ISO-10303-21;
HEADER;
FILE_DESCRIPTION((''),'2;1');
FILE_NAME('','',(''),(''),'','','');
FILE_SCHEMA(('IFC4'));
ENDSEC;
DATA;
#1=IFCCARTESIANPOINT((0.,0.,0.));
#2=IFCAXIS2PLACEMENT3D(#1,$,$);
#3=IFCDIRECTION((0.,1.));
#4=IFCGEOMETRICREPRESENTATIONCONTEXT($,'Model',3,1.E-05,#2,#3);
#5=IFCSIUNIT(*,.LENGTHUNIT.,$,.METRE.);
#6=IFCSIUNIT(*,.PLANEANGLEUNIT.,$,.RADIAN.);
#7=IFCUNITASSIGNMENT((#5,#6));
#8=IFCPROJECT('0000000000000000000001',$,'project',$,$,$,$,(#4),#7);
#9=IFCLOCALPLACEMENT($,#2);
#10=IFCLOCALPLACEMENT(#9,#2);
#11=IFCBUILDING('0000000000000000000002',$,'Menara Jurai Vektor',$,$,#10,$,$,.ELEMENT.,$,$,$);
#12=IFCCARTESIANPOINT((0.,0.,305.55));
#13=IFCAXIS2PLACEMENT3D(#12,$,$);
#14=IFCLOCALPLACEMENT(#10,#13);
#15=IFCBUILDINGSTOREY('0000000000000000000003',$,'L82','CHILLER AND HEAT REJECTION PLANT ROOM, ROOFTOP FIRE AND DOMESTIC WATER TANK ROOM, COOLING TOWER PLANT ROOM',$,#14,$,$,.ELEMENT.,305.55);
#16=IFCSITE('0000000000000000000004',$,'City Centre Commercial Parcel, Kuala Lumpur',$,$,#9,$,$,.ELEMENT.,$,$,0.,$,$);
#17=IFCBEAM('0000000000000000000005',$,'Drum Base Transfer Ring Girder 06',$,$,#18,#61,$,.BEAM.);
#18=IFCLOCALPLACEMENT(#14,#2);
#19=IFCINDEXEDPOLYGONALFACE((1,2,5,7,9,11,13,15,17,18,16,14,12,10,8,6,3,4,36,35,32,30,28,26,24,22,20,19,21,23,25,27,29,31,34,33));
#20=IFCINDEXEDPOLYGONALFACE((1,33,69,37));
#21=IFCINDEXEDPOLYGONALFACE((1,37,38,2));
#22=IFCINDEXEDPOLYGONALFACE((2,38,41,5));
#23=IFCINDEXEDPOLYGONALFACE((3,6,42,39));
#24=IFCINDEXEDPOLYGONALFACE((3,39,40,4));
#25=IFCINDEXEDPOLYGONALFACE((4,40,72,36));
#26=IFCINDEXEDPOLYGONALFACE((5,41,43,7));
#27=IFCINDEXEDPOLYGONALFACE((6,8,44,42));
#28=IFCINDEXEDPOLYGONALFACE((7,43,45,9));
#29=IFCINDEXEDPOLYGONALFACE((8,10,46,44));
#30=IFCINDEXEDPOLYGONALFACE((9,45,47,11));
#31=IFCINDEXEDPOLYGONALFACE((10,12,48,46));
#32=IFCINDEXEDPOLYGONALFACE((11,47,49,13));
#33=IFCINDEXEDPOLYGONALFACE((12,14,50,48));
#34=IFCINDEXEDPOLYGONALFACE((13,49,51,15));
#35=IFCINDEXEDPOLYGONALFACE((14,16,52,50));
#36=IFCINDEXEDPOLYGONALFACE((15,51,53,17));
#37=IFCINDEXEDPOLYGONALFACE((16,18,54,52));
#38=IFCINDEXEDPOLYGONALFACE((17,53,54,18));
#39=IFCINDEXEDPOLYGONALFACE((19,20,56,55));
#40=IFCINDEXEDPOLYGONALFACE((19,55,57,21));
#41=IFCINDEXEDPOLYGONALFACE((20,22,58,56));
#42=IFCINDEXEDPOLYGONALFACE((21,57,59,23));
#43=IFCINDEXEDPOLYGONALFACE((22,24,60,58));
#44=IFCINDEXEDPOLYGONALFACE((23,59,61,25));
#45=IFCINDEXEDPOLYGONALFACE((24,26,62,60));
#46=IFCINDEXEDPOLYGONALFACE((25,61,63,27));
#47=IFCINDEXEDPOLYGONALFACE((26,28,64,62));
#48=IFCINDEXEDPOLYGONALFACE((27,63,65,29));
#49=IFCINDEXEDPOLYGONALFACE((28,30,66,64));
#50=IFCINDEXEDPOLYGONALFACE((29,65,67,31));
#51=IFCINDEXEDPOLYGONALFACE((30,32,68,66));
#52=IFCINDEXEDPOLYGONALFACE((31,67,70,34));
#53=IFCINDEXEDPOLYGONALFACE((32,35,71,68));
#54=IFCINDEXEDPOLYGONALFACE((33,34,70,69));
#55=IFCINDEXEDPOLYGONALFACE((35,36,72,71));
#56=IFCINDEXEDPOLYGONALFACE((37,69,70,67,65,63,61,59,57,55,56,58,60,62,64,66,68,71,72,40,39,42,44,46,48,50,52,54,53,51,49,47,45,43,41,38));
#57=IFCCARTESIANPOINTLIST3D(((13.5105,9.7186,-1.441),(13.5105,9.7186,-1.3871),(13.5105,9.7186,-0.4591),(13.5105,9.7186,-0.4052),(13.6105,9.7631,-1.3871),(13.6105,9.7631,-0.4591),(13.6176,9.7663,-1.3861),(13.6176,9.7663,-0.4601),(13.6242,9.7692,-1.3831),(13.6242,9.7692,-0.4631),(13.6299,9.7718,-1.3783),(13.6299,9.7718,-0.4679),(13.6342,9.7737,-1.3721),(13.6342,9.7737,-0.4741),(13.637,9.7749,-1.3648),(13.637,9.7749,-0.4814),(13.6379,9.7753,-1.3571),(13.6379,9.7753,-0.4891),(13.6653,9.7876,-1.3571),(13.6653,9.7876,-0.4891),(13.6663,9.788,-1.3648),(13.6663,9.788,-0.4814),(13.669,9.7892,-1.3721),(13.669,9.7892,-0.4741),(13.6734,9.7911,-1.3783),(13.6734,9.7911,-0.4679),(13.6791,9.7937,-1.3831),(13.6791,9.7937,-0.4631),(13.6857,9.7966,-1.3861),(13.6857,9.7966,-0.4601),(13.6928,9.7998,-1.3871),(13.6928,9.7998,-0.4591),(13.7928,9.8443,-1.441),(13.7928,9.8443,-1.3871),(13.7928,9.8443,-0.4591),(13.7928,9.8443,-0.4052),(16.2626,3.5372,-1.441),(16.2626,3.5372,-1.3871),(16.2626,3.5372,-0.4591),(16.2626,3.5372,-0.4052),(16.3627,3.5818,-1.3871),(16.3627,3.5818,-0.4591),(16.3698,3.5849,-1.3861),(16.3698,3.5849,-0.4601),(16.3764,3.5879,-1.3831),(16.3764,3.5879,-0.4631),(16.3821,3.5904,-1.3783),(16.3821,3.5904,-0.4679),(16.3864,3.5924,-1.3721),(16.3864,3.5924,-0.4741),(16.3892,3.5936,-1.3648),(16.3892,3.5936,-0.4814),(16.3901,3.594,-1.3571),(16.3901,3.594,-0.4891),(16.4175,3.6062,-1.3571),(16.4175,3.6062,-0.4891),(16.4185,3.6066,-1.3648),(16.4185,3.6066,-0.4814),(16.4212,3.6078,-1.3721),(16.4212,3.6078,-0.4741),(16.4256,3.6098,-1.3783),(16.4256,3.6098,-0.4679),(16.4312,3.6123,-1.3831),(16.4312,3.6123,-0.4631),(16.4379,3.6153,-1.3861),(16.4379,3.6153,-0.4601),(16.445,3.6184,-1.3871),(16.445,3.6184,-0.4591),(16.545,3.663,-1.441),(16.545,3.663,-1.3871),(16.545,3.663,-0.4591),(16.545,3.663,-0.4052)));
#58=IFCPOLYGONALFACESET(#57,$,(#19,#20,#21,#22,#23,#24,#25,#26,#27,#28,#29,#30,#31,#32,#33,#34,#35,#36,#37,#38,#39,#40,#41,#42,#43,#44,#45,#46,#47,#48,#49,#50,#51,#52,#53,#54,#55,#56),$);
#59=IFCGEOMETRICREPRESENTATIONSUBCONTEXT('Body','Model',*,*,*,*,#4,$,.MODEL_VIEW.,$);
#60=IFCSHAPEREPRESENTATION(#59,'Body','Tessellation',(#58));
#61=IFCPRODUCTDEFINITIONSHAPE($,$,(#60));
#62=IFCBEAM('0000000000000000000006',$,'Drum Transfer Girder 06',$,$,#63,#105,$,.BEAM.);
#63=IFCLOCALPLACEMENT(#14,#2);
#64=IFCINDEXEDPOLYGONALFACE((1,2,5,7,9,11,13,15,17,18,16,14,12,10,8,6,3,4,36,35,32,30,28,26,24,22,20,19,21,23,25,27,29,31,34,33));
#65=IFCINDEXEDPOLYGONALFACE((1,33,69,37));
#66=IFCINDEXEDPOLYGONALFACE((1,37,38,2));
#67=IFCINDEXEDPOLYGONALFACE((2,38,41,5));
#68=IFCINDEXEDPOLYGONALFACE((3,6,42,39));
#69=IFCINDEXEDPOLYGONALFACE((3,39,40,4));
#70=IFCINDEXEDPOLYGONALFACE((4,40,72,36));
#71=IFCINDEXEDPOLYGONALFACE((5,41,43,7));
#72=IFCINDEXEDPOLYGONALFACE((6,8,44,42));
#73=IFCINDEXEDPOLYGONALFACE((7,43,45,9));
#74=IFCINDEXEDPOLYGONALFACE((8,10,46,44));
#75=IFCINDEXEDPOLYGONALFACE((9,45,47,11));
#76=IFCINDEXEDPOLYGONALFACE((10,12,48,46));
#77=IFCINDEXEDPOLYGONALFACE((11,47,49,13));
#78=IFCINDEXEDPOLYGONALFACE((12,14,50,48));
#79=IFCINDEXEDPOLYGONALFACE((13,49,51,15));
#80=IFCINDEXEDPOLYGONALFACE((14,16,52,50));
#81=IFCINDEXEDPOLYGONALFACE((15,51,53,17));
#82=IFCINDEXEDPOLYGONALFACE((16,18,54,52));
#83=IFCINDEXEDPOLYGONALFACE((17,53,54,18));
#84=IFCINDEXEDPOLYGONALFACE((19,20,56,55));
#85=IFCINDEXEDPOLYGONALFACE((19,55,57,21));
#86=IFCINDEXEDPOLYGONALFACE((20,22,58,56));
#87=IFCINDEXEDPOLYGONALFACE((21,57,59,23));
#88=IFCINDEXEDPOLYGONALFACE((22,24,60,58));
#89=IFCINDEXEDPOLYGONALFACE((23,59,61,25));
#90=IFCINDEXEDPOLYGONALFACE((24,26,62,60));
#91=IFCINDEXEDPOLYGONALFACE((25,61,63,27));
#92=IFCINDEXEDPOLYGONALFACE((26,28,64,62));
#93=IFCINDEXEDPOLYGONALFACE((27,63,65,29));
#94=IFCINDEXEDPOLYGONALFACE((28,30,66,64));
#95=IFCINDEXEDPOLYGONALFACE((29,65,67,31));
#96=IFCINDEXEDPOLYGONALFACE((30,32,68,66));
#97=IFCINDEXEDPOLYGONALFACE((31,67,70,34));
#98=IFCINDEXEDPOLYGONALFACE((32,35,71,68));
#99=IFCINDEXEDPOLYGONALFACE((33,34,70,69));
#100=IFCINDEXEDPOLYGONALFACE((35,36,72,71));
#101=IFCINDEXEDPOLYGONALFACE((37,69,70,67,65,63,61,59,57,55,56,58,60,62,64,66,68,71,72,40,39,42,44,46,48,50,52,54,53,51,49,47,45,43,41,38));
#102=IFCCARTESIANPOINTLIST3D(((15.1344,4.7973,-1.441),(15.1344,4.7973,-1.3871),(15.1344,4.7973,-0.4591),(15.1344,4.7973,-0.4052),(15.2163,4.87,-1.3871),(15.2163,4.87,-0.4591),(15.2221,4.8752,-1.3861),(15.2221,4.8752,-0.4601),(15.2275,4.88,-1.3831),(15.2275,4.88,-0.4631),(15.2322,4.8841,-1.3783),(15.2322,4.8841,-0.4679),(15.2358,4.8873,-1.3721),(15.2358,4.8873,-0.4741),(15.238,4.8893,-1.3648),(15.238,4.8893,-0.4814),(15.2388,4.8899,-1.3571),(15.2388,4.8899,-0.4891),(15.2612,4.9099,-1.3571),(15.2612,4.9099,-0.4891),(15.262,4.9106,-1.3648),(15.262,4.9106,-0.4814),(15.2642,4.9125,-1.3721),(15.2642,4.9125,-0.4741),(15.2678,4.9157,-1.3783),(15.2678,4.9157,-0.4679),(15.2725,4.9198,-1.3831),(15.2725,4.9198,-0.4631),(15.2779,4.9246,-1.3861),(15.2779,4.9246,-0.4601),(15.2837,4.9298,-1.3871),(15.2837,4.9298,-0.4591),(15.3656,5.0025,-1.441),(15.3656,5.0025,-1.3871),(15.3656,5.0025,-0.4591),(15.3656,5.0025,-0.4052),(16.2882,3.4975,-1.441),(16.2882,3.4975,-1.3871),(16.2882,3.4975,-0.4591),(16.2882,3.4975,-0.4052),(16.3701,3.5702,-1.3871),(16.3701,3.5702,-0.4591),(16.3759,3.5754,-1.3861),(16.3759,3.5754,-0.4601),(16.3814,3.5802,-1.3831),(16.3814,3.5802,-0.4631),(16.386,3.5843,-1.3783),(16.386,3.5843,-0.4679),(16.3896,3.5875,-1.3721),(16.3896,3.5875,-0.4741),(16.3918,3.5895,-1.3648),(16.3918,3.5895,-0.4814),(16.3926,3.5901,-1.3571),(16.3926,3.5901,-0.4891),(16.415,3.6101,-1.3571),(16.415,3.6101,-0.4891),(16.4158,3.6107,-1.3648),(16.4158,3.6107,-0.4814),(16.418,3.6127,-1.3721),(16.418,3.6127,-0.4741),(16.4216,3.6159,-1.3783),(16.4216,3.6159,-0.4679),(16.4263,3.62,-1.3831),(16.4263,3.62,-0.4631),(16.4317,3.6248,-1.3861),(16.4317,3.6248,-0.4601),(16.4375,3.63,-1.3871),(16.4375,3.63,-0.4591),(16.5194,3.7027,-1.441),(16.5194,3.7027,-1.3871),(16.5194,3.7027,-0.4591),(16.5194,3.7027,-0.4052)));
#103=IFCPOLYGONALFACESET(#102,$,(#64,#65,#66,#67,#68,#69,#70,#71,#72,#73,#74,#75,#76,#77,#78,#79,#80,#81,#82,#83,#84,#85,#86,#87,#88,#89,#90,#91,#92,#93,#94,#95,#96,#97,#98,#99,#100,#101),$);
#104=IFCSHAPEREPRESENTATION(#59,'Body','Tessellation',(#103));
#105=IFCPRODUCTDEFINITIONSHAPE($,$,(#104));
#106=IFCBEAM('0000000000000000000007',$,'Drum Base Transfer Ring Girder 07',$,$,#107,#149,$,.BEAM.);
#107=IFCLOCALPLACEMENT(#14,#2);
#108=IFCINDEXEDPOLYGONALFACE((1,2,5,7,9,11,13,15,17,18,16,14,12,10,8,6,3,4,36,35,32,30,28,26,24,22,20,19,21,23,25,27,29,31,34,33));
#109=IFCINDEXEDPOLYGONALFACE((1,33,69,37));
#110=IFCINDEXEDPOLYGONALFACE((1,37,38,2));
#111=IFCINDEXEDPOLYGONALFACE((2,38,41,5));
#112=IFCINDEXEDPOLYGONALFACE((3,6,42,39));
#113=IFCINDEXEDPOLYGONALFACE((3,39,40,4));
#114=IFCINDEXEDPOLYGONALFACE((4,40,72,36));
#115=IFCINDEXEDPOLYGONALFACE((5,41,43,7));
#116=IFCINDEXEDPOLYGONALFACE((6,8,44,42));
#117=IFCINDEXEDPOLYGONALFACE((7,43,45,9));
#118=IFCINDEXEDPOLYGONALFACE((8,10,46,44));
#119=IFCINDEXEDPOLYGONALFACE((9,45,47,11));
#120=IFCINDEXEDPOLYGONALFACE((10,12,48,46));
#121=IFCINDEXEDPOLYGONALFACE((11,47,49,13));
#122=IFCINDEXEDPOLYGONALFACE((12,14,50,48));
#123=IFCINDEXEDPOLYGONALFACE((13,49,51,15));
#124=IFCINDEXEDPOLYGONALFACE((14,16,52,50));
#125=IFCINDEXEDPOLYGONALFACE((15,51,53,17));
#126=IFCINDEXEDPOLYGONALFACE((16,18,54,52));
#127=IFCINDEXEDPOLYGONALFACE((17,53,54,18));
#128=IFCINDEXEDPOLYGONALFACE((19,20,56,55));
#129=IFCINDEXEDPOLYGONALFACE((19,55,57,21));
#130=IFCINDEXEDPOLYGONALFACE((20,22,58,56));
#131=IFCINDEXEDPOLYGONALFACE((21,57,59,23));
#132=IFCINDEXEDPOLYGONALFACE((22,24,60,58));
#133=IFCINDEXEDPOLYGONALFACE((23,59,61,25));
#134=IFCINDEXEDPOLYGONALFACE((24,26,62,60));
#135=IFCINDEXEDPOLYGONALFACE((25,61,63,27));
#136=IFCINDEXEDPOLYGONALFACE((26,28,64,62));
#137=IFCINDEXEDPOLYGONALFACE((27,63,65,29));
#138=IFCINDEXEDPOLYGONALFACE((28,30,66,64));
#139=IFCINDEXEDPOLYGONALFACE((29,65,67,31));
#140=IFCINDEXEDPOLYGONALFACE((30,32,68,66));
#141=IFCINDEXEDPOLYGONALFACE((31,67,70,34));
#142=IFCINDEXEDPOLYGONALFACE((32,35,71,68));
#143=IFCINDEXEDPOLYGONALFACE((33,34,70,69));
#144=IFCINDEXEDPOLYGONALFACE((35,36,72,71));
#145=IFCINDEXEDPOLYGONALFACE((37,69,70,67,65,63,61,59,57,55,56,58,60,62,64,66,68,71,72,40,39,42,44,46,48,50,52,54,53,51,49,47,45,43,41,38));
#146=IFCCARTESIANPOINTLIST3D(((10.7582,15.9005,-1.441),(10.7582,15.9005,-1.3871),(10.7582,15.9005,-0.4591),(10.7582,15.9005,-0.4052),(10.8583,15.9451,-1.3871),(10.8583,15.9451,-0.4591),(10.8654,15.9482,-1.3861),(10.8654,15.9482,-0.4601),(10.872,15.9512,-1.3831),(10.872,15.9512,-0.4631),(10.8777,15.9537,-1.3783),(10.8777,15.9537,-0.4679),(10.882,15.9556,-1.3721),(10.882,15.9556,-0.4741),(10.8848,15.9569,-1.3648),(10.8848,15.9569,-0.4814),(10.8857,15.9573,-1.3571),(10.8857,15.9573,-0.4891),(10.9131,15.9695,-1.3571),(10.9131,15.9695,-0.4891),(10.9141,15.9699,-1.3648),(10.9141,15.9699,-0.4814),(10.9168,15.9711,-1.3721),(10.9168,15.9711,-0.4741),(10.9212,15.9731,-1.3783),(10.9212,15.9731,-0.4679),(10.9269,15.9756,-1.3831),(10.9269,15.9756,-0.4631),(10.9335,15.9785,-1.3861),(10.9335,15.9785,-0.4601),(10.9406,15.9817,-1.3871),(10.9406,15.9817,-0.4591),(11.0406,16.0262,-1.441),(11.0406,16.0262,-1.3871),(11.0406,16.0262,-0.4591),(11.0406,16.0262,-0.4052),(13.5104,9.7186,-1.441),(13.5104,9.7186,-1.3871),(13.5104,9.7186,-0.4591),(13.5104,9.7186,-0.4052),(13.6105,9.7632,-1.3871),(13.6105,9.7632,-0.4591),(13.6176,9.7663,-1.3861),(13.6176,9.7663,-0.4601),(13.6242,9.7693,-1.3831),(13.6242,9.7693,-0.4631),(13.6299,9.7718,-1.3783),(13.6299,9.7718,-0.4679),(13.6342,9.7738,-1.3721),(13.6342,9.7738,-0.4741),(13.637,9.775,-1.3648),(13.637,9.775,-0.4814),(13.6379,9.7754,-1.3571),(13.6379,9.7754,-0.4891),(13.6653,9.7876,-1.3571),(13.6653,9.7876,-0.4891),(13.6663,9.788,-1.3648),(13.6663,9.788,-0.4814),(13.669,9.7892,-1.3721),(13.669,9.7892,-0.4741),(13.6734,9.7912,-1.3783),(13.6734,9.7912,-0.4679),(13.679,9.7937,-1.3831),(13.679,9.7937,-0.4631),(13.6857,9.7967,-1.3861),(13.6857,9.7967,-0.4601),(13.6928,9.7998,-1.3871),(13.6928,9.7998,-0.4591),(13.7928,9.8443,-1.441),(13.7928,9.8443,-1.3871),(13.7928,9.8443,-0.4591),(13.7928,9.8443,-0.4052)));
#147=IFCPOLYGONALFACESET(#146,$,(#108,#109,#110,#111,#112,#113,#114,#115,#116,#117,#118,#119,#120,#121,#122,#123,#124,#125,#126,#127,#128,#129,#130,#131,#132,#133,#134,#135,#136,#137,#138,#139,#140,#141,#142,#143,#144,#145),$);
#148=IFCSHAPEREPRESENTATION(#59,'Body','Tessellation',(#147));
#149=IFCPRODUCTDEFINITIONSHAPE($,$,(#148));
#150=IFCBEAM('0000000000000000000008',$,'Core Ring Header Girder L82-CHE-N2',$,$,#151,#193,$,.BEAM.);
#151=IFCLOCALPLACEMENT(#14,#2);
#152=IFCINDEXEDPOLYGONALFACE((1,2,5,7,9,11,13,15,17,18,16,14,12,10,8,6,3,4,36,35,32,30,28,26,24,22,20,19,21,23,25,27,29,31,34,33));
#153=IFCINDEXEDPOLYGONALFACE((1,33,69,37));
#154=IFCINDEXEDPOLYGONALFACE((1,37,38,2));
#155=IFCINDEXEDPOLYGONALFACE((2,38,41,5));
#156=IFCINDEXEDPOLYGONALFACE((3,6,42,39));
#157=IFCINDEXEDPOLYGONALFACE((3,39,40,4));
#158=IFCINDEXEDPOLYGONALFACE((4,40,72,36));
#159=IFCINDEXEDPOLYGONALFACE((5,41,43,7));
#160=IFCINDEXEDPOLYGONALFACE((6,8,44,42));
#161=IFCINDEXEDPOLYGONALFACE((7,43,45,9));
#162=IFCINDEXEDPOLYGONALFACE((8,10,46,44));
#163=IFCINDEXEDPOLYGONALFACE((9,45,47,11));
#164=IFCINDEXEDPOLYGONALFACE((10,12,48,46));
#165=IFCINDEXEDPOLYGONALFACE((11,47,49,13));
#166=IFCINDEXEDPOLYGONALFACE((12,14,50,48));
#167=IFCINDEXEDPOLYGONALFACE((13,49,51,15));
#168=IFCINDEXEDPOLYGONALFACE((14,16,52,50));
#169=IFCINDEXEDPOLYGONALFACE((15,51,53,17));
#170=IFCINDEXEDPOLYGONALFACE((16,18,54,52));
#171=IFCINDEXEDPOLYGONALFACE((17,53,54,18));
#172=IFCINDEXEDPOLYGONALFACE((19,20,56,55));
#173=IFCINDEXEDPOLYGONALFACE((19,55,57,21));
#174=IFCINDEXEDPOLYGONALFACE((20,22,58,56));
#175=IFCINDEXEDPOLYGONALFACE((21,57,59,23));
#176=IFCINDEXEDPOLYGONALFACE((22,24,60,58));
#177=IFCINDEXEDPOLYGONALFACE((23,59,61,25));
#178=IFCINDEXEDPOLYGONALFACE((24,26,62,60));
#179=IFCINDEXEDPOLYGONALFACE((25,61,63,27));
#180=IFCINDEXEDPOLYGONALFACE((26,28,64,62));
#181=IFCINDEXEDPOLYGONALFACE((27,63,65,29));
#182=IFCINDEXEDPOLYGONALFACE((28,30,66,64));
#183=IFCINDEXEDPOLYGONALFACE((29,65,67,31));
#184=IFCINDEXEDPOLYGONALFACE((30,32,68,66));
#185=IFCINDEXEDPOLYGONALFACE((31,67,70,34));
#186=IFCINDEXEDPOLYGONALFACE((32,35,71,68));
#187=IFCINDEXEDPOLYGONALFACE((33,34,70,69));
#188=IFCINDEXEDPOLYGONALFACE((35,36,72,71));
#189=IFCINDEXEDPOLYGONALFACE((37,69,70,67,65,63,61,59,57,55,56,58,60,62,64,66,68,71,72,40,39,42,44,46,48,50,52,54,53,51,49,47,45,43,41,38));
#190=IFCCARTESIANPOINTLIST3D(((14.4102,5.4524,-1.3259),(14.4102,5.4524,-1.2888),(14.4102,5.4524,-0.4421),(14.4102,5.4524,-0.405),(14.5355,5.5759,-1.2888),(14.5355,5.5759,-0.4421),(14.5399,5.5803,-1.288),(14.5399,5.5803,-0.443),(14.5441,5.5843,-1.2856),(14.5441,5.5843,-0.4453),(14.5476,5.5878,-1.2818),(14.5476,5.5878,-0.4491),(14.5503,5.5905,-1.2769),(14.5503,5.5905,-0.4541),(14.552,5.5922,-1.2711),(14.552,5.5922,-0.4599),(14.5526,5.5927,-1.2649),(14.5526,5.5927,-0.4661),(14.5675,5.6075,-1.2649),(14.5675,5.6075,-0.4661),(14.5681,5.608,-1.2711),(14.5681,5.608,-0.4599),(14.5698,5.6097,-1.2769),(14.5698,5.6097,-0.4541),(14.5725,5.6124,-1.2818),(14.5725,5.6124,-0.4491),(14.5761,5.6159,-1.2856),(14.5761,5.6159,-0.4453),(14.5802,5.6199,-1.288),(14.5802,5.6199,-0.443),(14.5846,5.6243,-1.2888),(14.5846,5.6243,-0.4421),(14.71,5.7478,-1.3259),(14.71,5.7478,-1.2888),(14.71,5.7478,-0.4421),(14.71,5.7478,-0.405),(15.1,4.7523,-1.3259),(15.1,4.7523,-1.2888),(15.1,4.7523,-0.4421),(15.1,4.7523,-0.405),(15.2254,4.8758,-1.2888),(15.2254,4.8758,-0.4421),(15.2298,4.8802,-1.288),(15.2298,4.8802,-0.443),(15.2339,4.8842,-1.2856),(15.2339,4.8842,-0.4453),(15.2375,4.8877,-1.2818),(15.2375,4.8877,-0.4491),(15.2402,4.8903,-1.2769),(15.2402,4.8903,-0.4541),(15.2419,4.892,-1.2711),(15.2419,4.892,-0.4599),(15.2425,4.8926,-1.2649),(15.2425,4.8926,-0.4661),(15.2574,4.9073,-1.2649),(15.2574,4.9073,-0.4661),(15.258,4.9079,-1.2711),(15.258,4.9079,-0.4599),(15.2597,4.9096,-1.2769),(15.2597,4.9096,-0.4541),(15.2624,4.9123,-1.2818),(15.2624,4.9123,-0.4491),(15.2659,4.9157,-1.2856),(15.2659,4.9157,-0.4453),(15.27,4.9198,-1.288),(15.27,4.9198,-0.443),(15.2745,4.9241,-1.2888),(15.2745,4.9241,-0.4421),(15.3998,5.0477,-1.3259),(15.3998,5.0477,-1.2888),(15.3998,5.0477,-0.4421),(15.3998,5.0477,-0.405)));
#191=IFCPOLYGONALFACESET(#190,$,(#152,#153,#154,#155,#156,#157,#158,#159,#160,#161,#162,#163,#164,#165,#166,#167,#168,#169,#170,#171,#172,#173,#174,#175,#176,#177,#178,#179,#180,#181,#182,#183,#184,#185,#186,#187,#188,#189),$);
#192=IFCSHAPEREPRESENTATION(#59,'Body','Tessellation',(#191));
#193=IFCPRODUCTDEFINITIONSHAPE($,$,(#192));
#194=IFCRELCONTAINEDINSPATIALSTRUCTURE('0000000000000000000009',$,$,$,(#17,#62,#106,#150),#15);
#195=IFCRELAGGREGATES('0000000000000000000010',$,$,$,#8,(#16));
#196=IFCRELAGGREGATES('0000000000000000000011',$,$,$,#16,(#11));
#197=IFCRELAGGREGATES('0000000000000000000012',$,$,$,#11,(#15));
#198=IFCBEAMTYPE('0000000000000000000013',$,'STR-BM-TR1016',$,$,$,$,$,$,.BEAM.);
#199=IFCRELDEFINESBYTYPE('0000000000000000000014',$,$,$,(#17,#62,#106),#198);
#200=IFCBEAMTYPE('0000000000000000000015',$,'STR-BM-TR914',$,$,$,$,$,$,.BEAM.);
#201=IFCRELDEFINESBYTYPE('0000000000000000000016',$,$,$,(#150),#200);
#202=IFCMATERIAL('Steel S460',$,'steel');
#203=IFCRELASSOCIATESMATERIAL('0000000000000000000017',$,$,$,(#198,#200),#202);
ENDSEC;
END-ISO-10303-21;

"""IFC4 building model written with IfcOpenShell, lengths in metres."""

from ifc_helpers import new_model, si_unit, direction, frame, origin, origin_2d, place, context, subcontext, project, spatial, i_section, extrude, material, material_profile, profile_set, type_object, element, save


model = new_model("IFC4")

# Units and contexts
model_context = context("Model", 3, precision=1e-05, world=origin(), true_north=direction((0.0, 1.0)))
body_context = subcontext(model_context, "Body", "Model", "MODEL_VIEW")
ifc_project = project(units=[si_unit("LENGTHUNIT", "METRE"), si_unit("PLANEANGLEUNIT", "RADIAN")], contexts=[model_context])

# Site, building, storey
site_placement = place(None, origin())
site = spatial("IfcSite", under=ifc_project, at=site_placement, Name="City Centre Commercial Parcel, Kuala Lumpur", CompositionType="ELEMENT", RefElevation=0.0)
building_placement = place(site_placement, origin())
building = spatial("IfcBuilding", under=site, at=building_placement, Name="Menara Jurai Vektor", CompositionType="ELEMENT")
storey_placement = place(building_placement, frame((0.0, 0.0, 305.55)))
storey = spatial("IfcBuildingStorey", under=building, at=storey_placement, Name="L82", Description="CHILLER AND HEAT REJECTION PLANT ROOM, ROOFTOP FIRE AND DOMESTIC WATER TANK ROOM, COOLING TOWER PLANT ROOM", CompositionType="ELEMENT", Elevation=305.55)

# Shared definitions
ifc_material_1 = material(Name="Steel S460", Category="steel")

# Beams
ifc_material_profile_1 = material_profile(ifc_material_1, i_section(OverallWidth=0.3091, OverallDepth=1.0359, WebThickness=0.03, FlangeThickness=0.054, FilletRadius=0.03, at=origin_2d()), Name="UKB 1016x305x487")
ifc_profile_set_1 = profile_set([ifc_material_profile_1], Name="Steel S460")
beam_type_1 = type_object("IfcBeamType", Name="STR-BM-TR1016", PredefinedType="BEAM", material=ifc_profile_set_1)
beam_1_placement = place(storey_placement, frame((16.4038, 3.6001, -0.9231), z_axis=(-0.406744, 0.913542, 0.0), x_axis=(-0.913542, -0.406744, 0.0)))
element("IfcBeam", 1, at=beam_1_placement, inside=storey, type_object=beam_type_1, Name="Drum Base Transfer Ring Girder 06", PredefinedType="BEAM", context=body_context, shape_type="SweptSolid", body=[
    extrude(i_section(OverallWidth=0.3091, OverallDepth=1.0359, WebThickness=0.03, FlangeThickness=0.054, FilletRadius=0.03, at=origin_2d()), origin(), (0.0, 0.0, 1.0), 6.7664),
])
beam_2_placement = place(storey_placement, frame((16.4038, 3.6001, -0.9231), z_axis=(-0.663858, 0.747859, 0.0), x_axis=(-0.747859, -0.663858, 0.0)))
element("IfcBeam", 2, at=beam_2_placement, inside=storey, type_object=beam_type_1, Name="Drum Transfer Girder 06", PredefinedType="BEAM", context=body_context, shape_type="SweptSolid", body=[
    extrude(i_section(OverallWidth=0.3091, OverallDepth=1.0359, WebThickness=0.03, FlangeThickness=0.054, FilletRadius=0.03, at=origin_2d()), origin(), (0.0, 0.0, 1.0), 1.738),
])
beam_3_placement = place(storey_placement, frame((13.6516, 9.7815, -0.9231), z_axis=(-0.406718, 0.913554, 0.0), x_axis=(-0.913554, -0.406718, 0.0)))
element("IfcBeam", 3, at=beam_3_placement, inside=storey, type_object=beam_type_1, Name="Drum Base Transfer Ring Girder 07", PredefinedType="BEAM", context=body_context, shape_type="SweptSolid", body=[
    extrude(i_section(OverallWidth=0.3091, OverallDepth=1.0359, WebThickness=0.03, FlangeThickness=0.054, FilletRadius=0.03, at=origin_2d()), origin(), (0.0, 0.0, 1.0), 6.7668),
])
ifc_material_profile_2 = material_profile(ifc_material_1, i_section(OverallWidth=0.4209, OverallDepth=0.9209, WebThickness=0.021, FlangeThickness=0.0371, FilletRadius=0.0239, at=origin_2d()), Name="UKB 914x419x388")
ifc_profile_set_2 = profile_set([ifc_material_profile_2], Name="Steel S460")
beam_type_2 = type_object("IfcBeamType", Name="STR-BM-TR914", PredefinedType="BEAM", material=ifc_profile_set_2)
beam_4_placement = place(storey_placement, frame((14.5601, 5.6001, -0.8655), z_axis=(0.701872, -0.712303, 0.0), x_axis=(0.712303, 0.701872, 0.0)))
element("IfcBeam", 4, at=beam_4_placement, inside=storey, type_object=beam_type_2, Name="Core Ring Header Girder L82-CHE-N2", PredefinedType="BEAM", context=body_context, shape_type="SweptSolid", body=[
    extrude(i_section(OverallWidth=0.4209, OverallDepth=0.9209, WebThickness=0.021, FlangeThickness=0.0371, FilletRadius=0.0239, at=origin_2d()), origin(), (0.0, 0.0, 1.0), 0.9829),
])

save(model, "model.ifc")
